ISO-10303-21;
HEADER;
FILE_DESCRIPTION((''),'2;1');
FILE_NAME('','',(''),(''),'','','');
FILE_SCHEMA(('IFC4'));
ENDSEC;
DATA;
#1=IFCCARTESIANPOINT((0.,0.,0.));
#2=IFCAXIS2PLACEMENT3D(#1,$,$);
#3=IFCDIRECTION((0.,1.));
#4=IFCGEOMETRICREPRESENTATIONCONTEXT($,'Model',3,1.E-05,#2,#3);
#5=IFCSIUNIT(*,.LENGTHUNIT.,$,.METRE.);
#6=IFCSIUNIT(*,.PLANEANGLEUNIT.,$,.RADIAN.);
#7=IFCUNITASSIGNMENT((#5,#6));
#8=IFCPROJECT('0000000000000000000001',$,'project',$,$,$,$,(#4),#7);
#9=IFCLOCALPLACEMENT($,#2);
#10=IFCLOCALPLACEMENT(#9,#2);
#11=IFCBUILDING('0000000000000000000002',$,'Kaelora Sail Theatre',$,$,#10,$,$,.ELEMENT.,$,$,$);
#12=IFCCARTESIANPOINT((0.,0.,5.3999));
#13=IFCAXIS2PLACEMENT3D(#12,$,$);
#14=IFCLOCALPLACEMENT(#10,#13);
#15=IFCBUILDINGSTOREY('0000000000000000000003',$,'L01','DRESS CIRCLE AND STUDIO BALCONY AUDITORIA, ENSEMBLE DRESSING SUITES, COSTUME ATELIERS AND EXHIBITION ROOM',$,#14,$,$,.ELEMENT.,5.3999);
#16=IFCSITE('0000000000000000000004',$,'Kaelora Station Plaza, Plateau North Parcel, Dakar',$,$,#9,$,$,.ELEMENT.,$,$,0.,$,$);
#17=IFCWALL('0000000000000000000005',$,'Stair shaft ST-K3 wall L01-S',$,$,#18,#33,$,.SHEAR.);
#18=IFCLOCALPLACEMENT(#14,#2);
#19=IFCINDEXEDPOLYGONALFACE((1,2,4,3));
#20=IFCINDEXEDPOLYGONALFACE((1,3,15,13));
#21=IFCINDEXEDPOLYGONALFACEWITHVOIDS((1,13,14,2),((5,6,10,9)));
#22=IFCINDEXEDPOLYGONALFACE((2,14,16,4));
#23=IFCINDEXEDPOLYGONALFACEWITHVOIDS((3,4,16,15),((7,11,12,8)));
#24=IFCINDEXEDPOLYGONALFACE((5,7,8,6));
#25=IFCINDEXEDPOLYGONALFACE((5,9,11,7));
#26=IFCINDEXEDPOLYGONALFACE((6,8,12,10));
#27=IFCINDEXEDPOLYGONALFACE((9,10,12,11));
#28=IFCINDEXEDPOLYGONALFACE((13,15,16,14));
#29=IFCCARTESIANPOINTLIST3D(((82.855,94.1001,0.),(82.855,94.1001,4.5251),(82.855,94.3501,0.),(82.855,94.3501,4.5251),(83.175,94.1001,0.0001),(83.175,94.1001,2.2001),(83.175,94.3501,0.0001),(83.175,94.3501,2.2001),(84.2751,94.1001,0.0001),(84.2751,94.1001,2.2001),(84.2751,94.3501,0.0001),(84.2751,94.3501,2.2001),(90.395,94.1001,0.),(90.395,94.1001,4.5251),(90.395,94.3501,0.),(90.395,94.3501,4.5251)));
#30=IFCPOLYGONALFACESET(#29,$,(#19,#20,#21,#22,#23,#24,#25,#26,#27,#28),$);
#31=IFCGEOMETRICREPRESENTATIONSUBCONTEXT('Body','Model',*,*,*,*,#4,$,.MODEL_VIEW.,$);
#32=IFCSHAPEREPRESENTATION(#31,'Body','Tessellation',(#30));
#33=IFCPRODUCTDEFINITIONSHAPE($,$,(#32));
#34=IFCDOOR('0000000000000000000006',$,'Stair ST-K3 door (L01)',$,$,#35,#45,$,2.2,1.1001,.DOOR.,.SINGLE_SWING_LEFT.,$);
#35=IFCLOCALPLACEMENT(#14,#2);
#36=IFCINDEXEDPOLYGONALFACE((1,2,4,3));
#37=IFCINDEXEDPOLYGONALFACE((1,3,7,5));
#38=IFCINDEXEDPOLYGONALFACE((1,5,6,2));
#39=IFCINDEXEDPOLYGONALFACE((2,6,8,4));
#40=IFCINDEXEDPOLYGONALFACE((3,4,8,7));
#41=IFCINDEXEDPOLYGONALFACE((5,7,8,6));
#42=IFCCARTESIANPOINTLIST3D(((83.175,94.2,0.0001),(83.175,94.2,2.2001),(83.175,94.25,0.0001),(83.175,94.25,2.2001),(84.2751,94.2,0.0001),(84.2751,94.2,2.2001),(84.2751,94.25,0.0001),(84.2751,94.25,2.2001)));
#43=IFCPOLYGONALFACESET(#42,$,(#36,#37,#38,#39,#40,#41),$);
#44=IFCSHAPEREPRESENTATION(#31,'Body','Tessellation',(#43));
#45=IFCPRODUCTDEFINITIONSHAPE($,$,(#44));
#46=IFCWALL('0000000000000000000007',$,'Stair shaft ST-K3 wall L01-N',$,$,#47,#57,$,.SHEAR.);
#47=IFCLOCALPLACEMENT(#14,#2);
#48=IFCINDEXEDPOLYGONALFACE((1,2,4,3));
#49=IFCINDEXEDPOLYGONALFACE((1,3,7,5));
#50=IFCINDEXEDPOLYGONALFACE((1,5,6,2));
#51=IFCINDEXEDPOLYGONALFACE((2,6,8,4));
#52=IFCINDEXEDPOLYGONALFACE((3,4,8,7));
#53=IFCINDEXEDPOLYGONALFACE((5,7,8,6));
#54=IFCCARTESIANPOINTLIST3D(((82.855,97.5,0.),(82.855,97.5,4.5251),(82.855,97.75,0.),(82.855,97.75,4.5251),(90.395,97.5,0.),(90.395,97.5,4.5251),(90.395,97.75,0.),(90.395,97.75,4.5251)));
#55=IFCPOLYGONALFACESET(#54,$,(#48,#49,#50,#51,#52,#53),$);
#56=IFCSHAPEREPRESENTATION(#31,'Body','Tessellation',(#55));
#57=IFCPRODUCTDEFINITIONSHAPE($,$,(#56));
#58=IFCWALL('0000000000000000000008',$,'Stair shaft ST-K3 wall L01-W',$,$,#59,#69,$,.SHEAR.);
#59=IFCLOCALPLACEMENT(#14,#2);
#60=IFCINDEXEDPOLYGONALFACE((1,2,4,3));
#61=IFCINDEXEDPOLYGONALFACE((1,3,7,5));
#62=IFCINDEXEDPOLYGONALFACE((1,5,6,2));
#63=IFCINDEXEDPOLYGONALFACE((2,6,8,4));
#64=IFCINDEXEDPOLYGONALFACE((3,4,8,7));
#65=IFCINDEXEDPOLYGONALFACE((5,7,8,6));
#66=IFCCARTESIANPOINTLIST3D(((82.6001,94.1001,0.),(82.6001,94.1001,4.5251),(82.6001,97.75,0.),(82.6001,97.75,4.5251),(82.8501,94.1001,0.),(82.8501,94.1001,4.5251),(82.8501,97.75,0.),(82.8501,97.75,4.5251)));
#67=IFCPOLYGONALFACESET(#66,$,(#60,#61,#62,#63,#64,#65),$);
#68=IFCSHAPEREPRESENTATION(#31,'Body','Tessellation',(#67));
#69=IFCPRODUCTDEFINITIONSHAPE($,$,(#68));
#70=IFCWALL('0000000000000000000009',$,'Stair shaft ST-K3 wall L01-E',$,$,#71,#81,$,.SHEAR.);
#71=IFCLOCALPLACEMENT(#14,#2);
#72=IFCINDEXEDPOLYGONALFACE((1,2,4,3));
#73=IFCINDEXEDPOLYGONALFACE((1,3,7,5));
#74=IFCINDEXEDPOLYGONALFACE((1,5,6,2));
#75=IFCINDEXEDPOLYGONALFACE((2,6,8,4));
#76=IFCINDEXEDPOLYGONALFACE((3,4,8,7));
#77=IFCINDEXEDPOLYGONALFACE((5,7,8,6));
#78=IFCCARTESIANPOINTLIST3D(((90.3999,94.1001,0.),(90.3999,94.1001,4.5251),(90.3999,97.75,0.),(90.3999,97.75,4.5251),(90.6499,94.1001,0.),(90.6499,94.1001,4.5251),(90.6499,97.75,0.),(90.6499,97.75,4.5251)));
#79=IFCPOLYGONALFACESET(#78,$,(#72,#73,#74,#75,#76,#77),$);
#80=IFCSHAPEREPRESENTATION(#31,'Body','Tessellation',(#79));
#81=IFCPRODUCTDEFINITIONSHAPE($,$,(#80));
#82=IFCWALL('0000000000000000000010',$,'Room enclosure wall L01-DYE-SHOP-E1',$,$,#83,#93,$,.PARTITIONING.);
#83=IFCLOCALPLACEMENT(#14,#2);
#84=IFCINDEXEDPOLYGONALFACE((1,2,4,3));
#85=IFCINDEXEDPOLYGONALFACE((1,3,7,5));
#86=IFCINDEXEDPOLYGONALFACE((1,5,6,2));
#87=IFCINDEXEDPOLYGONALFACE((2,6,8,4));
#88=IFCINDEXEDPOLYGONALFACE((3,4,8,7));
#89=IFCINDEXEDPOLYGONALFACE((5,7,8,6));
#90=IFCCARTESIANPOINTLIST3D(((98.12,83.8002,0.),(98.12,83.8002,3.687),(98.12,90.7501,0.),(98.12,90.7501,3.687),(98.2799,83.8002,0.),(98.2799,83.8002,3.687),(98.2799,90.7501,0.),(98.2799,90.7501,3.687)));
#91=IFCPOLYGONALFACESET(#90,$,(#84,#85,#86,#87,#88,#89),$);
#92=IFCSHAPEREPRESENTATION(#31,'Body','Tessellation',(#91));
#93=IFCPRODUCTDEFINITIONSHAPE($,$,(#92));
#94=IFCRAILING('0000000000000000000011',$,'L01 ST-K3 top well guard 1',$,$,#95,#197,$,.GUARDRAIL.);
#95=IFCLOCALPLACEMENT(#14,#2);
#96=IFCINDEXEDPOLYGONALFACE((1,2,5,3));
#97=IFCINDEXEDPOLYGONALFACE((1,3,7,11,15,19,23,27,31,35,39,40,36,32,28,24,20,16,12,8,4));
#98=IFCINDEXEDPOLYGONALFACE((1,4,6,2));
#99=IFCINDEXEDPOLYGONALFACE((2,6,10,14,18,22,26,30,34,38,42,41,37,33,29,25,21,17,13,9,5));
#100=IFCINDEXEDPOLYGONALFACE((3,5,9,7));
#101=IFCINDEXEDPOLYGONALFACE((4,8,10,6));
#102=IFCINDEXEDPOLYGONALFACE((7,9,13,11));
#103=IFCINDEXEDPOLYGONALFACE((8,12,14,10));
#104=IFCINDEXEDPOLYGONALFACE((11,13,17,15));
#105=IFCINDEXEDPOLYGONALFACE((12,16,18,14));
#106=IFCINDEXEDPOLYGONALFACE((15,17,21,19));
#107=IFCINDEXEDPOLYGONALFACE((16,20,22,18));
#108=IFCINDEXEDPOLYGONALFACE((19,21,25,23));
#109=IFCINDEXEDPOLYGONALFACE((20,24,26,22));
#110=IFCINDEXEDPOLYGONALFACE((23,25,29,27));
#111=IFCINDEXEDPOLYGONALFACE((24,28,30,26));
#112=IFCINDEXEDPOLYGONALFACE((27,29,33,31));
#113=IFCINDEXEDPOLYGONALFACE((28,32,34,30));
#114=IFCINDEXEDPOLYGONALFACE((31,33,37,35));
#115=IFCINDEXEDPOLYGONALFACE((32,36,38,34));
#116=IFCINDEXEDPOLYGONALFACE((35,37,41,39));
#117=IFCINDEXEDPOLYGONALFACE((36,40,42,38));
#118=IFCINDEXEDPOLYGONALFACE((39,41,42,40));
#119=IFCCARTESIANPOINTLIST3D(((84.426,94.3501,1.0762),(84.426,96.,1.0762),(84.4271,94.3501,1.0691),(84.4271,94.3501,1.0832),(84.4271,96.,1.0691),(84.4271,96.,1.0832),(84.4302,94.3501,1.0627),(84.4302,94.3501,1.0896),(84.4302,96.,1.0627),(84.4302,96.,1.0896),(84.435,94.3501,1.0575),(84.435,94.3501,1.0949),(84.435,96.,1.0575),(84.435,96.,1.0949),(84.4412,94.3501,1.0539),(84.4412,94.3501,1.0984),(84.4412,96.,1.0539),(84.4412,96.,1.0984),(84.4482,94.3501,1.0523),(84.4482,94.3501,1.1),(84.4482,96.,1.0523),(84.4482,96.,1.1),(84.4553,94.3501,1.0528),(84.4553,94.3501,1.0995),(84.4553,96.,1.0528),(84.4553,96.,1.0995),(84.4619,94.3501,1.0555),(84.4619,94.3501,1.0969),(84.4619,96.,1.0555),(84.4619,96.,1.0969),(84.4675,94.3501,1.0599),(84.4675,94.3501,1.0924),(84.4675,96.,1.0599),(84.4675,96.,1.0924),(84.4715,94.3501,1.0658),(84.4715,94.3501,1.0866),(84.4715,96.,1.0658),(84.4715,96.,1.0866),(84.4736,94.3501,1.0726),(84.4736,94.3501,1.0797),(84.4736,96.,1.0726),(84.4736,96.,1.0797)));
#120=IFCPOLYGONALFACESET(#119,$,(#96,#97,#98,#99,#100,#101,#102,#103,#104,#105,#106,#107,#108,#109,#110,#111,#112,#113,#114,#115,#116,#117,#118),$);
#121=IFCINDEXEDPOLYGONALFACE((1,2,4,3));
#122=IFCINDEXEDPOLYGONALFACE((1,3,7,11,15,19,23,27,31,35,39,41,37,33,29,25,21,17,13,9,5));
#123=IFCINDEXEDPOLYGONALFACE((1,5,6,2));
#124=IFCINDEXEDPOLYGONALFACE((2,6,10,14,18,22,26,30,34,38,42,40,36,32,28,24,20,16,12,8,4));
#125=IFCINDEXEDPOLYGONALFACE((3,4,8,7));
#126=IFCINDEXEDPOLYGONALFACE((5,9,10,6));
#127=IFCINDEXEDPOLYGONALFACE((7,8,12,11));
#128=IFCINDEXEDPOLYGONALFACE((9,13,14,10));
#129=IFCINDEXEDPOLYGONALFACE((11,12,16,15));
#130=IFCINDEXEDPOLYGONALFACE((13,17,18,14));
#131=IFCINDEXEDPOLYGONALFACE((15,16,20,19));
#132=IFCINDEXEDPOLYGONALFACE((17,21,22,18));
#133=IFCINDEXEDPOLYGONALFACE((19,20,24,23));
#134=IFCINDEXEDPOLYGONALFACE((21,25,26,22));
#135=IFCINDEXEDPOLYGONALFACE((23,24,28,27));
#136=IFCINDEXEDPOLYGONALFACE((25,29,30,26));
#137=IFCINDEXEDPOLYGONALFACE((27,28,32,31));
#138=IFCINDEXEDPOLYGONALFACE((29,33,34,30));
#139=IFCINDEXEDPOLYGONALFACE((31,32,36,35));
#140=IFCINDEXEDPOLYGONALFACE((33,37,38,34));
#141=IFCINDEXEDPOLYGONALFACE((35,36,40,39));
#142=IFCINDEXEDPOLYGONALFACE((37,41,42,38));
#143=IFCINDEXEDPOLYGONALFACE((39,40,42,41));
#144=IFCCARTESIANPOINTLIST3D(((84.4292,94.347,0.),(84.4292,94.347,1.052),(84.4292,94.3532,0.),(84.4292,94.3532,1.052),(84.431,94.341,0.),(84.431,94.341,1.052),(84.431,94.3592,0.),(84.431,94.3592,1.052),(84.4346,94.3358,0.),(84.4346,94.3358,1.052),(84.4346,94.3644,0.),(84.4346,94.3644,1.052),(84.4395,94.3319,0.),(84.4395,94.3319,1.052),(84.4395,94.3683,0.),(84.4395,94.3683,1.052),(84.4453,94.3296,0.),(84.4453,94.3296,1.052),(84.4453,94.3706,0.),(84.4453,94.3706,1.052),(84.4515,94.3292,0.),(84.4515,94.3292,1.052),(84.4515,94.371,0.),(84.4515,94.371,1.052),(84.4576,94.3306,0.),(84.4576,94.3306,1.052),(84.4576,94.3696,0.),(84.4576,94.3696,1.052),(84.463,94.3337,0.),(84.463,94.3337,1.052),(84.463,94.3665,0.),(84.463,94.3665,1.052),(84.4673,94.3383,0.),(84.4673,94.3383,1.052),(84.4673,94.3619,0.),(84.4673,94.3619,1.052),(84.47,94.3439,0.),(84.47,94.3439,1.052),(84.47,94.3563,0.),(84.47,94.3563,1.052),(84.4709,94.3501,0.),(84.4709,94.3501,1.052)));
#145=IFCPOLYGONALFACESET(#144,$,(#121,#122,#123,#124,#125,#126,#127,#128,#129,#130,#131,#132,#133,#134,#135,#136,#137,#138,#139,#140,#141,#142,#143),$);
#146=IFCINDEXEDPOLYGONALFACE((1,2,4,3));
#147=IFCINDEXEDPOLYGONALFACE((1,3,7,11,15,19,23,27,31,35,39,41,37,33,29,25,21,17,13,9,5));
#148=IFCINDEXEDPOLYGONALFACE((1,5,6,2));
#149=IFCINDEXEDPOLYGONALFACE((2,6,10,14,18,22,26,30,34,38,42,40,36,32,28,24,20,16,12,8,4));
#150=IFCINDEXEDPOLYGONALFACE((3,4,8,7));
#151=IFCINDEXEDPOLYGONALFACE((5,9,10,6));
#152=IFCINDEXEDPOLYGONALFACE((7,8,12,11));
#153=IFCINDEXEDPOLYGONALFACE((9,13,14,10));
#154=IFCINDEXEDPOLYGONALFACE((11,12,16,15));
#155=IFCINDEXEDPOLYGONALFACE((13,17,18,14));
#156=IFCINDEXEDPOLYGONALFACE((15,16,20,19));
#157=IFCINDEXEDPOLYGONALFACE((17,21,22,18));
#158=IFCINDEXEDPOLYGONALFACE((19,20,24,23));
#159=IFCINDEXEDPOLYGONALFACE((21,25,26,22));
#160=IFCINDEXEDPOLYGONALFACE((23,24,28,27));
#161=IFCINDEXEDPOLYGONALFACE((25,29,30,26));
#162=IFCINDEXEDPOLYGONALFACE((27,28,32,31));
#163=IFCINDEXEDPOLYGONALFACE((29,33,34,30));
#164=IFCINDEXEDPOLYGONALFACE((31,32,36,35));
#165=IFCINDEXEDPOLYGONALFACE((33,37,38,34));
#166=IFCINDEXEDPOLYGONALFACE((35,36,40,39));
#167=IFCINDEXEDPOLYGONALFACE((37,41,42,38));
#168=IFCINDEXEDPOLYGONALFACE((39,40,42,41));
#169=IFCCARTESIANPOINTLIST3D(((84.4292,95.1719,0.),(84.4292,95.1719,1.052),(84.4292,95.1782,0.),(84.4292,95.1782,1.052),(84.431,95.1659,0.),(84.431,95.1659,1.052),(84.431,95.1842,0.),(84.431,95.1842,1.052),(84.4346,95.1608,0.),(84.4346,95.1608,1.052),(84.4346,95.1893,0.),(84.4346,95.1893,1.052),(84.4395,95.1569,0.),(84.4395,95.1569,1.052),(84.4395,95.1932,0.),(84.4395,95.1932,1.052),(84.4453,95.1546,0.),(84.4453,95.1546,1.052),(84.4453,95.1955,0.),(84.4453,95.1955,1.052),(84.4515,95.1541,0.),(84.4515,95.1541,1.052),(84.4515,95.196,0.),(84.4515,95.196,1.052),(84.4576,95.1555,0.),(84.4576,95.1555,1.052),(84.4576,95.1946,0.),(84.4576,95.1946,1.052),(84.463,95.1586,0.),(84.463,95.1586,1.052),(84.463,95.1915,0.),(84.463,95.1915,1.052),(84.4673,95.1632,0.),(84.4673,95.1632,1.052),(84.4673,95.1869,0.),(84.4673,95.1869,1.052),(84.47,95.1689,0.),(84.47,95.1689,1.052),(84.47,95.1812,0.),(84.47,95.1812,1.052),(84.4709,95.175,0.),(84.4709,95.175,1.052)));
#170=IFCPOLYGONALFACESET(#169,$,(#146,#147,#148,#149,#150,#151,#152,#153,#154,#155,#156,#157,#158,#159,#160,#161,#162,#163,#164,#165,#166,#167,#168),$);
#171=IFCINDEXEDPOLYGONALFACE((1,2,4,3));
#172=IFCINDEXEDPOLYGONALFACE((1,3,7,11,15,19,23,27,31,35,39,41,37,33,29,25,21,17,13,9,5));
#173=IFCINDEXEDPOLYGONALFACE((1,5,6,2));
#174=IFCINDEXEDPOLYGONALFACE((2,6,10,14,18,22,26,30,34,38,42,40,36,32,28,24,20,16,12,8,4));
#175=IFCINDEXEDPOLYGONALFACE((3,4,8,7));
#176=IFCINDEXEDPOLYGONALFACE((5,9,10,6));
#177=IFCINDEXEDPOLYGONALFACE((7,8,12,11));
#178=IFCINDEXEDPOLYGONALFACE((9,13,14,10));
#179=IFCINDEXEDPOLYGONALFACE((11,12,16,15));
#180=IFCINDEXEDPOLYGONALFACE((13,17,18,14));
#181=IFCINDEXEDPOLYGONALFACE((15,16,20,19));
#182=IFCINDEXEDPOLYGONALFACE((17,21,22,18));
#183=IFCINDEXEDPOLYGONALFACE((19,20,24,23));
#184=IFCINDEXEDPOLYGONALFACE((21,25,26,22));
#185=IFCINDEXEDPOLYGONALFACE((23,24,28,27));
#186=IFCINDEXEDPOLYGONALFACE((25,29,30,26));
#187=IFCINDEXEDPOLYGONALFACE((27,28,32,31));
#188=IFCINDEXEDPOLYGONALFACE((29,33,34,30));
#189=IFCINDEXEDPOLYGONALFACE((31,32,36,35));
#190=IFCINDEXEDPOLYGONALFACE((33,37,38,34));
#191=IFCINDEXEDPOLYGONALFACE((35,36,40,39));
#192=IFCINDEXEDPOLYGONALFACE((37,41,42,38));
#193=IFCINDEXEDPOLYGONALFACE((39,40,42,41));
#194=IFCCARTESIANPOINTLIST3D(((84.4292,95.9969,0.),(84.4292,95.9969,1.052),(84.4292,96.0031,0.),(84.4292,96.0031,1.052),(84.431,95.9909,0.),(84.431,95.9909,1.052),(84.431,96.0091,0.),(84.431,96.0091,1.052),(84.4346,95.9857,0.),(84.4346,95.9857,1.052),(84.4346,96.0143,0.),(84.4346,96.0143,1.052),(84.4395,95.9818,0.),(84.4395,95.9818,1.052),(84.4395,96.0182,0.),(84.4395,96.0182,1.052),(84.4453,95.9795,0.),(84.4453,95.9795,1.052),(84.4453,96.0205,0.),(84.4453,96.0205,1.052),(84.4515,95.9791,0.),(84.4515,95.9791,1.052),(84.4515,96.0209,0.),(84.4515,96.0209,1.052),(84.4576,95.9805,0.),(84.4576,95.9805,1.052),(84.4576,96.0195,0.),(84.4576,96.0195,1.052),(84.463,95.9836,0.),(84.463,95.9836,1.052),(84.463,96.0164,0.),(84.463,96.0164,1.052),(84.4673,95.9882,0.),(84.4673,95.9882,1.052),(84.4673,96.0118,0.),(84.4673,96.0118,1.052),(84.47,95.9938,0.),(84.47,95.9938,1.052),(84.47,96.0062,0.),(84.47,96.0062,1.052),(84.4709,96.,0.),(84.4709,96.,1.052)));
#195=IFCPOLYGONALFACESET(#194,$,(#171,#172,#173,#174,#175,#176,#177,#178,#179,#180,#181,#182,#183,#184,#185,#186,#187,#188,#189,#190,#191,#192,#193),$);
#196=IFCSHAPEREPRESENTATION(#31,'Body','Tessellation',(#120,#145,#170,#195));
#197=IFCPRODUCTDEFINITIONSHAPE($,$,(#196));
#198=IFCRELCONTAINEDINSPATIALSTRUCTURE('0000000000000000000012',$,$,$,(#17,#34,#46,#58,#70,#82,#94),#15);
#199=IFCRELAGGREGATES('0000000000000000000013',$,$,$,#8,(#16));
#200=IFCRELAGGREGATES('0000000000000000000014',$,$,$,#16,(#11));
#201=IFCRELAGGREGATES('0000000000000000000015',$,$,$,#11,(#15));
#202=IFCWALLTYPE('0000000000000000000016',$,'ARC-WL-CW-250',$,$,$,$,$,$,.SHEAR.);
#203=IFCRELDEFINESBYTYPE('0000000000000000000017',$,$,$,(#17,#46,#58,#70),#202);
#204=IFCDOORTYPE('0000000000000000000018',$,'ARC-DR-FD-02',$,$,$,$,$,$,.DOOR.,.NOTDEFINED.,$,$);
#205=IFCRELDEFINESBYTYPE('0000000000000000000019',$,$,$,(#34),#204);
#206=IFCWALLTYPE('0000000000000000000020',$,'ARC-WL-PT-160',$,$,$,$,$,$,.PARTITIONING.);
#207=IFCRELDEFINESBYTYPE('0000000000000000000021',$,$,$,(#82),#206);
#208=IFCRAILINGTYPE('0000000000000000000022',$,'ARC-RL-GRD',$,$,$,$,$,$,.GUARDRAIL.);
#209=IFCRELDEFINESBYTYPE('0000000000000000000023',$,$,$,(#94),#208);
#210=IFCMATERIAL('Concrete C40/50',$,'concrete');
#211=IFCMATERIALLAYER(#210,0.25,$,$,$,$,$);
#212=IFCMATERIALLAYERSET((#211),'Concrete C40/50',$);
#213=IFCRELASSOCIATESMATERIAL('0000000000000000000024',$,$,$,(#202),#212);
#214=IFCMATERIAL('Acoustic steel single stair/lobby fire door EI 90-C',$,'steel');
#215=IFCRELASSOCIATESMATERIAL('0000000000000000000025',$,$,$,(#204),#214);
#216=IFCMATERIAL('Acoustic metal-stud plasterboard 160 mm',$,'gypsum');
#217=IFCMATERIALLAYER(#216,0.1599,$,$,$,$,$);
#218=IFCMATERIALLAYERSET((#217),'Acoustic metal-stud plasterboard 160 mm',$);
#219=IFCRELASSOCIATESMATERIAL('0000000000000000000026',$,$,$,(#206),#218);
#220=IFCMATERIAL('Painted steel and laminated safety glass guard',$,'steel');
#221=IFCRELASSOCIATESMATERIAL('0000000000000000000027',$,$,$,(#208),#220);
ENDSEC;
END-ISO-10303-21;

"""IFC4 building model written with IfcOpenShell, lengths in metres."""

from ifc_helpers import new_model, si_unit, direction, frame, frame_2d, origin, origin_2d, place, context, subcontext, project, spatial, rectangle, circle, extrude, material, layer, layer_set, type_object, element, fill, save


model = new_model("IFC4")

# Units and contexts
model_context = context("Model", 3, precision=1e-05, world=origin(), true_north=direction((0.0, 1.0)))
body_context = subcontext(model_context, "Body", "Model", "MODEL_VIEW")
ifc_project = project(units=[si_unit("LENGTHUNIT", "METRE"), si_unit("PLANEANGLEUNIT", "RADIAN")], contexts=[model_context])

# Site, building, storey
site_placement = place(None, origin())
site = spatial("IfcSite", under=ifc_project, at=site_placement, Name="Kaelora Station Plaza, Plateau North Parcel, Dakar", CompositionType="ELEMENT", RefElevation=0.0)
building_placement = place(site_placement, origin())
building = spatial("IfcBuilding", under=site, at=building_placement, Name="Kaelora Sail Theatre", CompositionType="ELEMENT")
storey_placement = place(building_placement, frame((0.0, 0.0, 5.3999)))
storey = spatial("IfcBuildingStorey", under=building, at=storey_placement, Name="L01", Description="DRESS CIRCLE AND STUDIO BALCONY AUDITORIA, ENSEMBLE DRESSING SUITES, COSTUME ATELIERS AND EXHIBITION ROOM", CompositionType="ELEMENT", Elevation=5.3999)

# Wall, opening, door
ifc_material_1 = material(Name="Concrete C40/50", Category="concrete")
ifc_layer_1 = layer(ifc_material_1, 0.25)
ifc_layer_set_1 = layer_set([ifc_layer_1], Name="Concrete C40/50")
wall_type_1 = type_object("IfcWallType", Name="ARC-WL-CW-250", PredefinedType="SHEAR", material=ifc_layer_set_1)
wall_1_placement = place(storey_placement, frame((82.855, 94.2251, 0.0), z_axis=(0.0, 0.0, 1.0), x_axis=(1.0, 0.0, 0.0)))
wall_1 = element("IfcWall", 1, at=wall_1_placement, inside=storey, type_object=wall_type_1, Name="Stair shaft ST-K3 wall L01-S", PredefinedType="SHEAR", context=body_context, shape_type="SweptSolid", body=[
    extrude(rectangle(XDim=7.54, YDim=0.25, at=frame_2d((3.77, 0.0))), origin(), (0.0, 0.0, 1.0), 4.5251),
])
opening_placement = place(wall_1_placement, frame((0.3201, 0.0, 0.0)))
opening = element("IfcOpeningElement", 2, at=opening_placement, cuts=wall_1, PredefinedType="OPENING", context=body_context, shape_type="SweptSolid", body=[
    extrude(rectangle(XDim=1.1001, YDim=2.2, at=frame_2d((0.55, 1.1001))), frame((0.0, 0.135, 0.0), z_axis=(0.0, -1.0, 0.0), x_axis=(1.0, 0.0, 0.0)), (0.0, 0.0, 1.0), 0.27),
])
ifc_material_2 = material(Name="Acoustic steel single stair/lobby fire door EI 90-C", Category="steel")
door_type = type_object("IfcDoorType", Name="ARC-DR-FD-02", OperationType="NOTDEFINED", PredefinedType="DOOR", material=ifc_material_2)
door_placement = place(opening_placement, origin())
door = element("IfcDoor", 3, at=door_placement, inside=storey, type_object=door_type, Name="Stair ST-K3 door (L01)", OperationType="SINGLE_SWING_LEFT", OverallHeight=2.2, OverallWidth=1.1001, PredefinedType="DOOR", context=body_context, shape_type="SweptSolid", body=[
    extrude(rectangle(XDim=1.1001, YDim=2.2, at=frame_2d((0.55, 1.1001))), frame((0.0, 0.0249, 0.0), z_axis=(0.0, -1.0, 0.0), x_axis=(1.0, 0.0, 0.0)), (0.0, 0.0, 1.0), 0.05),
])
fill(opening, door)

# Walls
wall_2_placement = place(storey_placement, frame((82.855, 97.625, 0.0), z_axis=(0.0, 0.0, 1.0), x_axis=(1.0, 0.0, 0.0)))
element("IfcWall", 4, at=wall_2_placement, inside=storey, type_object=wall_type_1, Name="Stair shaft ST-K3 wall L01-N", PredefinedType="SHEAR", context=body_context, shape_type="SweptSolid", body=[
    extrude(rectangle(XDim=7.54, YDim=0.25, at=frame_2d((3.77, 0.0))), origin(), (0.0, 0.0, 1.0), 4.5251),
])
for number, where, z_axis, x_axis, name in (
    (5, (82.7251, 94.1001, 0.0), (0.0, 0.0, 1.0), (0.0, 1.0, 0.0), "Stair shaft ST-K3 wall L01-W"),
    (6, (90.5249, 94.1001, 0.0), (0.0, 0.0, 1.0), (0.0, 1.0, 0.0), "Stair shaft ST-K3 wall L01-E"),
):
    element("IfcWall", number, at=place(storey_placement, frame(where, z_axis=z_axis, x_axis=x_axis)), inside=storey, type_object=wall_type_1, Name=name, PredefinedType="SHEAR", context=body_context, shape_type="SweptSolid", body=[
        extrude(rectangle(XDim=3.6499, YDim=0.25, at=frame_2d((1.825, 0.0))), origin(), (0.0, 0.0, 1.0), 4.5251),
    ])
ifc_material_3 = material(Name="Acoustic metal-stud plasterboard 160 mm", Category="gypsum")
ifc_layer_2 = layer(ifc_material_3, 0.1599)
ifc_layer_set_2 = layer_set([ifc_layer_2], Name="Acoustic metal-stud plasterboard 160 mm")
wall_type_2 = type_object("IfcWallType", Name="ARC-WL-PT-160", PredefinedType="PARTITIONING", material=ifc_layer_set_2)
wall_3_placement = place(storey_placement, frame((98.2, 83.8, 0.0), z_axis=(0.0, 0.0, 1.0), x_axis=(0.0, 1.0, 0.0)))
element("IfcWall", 7, at=wall_3_placement, inside=storey, type_object=wall_type_2, Name="Room enclosure wall L01-DYE-SHOP-E1", PredefinedType="PARTITIONING", context=body_context, shape_type="SweptSolid", body=[
    extrude(rectangle(XDim=6.95, YDim=0.1599, at=frame_2d((3.4751, 0.0))), origin(), (0.0, 0.0, 1.0), 3.687),
])

# Railing
ifc_material_4 = material(Name="Painted steel and laminated safety glass guard", Category="steel")
railing_type = type_object("IfcRailingType", Name="ARC-RL-GRD", PredefinedType="GUARDRAIL", material=ifc_material_4)
railing_placement = place(storey_placement, frame((84.45, 94.3501, 0.0)))
element("IfcRailing", 8, at=railing_placement, inside=storey, type_object=railing_type, Name="L01 ST-K3 top well guard 1", PredefinedType="GUARDRAIL", context=body_context, shape_type="SweptSolid", body=[
    extrude(circle(Radius=0.0239, at=origin_2d()), frame((0.0, 0.0, 1.0762), z_axis=(0.0, 1.0, 0.0), x_axis=(-1.0, 0.0, 0.0)), (0.0, 0.0, 1.0), 1.6499),
    extrude(circle(Radius=0.021, at=origin_2d()), origin(), (0.0, 0.0, 1.0), 1.052),
    extrude(circle(Radius=0.021, at=origin_2d()), frame((0.0, 0.825, 0.0)), (0.0, 0.0, 1.0), 1.052),
    extrude(circle(Radius=0.021, at=origin_2d()), frame((0.0, 1.6499, 0.0)), (0.0, 0.0, 1.0), 1.052),
])

save(model, "model.ifc")
